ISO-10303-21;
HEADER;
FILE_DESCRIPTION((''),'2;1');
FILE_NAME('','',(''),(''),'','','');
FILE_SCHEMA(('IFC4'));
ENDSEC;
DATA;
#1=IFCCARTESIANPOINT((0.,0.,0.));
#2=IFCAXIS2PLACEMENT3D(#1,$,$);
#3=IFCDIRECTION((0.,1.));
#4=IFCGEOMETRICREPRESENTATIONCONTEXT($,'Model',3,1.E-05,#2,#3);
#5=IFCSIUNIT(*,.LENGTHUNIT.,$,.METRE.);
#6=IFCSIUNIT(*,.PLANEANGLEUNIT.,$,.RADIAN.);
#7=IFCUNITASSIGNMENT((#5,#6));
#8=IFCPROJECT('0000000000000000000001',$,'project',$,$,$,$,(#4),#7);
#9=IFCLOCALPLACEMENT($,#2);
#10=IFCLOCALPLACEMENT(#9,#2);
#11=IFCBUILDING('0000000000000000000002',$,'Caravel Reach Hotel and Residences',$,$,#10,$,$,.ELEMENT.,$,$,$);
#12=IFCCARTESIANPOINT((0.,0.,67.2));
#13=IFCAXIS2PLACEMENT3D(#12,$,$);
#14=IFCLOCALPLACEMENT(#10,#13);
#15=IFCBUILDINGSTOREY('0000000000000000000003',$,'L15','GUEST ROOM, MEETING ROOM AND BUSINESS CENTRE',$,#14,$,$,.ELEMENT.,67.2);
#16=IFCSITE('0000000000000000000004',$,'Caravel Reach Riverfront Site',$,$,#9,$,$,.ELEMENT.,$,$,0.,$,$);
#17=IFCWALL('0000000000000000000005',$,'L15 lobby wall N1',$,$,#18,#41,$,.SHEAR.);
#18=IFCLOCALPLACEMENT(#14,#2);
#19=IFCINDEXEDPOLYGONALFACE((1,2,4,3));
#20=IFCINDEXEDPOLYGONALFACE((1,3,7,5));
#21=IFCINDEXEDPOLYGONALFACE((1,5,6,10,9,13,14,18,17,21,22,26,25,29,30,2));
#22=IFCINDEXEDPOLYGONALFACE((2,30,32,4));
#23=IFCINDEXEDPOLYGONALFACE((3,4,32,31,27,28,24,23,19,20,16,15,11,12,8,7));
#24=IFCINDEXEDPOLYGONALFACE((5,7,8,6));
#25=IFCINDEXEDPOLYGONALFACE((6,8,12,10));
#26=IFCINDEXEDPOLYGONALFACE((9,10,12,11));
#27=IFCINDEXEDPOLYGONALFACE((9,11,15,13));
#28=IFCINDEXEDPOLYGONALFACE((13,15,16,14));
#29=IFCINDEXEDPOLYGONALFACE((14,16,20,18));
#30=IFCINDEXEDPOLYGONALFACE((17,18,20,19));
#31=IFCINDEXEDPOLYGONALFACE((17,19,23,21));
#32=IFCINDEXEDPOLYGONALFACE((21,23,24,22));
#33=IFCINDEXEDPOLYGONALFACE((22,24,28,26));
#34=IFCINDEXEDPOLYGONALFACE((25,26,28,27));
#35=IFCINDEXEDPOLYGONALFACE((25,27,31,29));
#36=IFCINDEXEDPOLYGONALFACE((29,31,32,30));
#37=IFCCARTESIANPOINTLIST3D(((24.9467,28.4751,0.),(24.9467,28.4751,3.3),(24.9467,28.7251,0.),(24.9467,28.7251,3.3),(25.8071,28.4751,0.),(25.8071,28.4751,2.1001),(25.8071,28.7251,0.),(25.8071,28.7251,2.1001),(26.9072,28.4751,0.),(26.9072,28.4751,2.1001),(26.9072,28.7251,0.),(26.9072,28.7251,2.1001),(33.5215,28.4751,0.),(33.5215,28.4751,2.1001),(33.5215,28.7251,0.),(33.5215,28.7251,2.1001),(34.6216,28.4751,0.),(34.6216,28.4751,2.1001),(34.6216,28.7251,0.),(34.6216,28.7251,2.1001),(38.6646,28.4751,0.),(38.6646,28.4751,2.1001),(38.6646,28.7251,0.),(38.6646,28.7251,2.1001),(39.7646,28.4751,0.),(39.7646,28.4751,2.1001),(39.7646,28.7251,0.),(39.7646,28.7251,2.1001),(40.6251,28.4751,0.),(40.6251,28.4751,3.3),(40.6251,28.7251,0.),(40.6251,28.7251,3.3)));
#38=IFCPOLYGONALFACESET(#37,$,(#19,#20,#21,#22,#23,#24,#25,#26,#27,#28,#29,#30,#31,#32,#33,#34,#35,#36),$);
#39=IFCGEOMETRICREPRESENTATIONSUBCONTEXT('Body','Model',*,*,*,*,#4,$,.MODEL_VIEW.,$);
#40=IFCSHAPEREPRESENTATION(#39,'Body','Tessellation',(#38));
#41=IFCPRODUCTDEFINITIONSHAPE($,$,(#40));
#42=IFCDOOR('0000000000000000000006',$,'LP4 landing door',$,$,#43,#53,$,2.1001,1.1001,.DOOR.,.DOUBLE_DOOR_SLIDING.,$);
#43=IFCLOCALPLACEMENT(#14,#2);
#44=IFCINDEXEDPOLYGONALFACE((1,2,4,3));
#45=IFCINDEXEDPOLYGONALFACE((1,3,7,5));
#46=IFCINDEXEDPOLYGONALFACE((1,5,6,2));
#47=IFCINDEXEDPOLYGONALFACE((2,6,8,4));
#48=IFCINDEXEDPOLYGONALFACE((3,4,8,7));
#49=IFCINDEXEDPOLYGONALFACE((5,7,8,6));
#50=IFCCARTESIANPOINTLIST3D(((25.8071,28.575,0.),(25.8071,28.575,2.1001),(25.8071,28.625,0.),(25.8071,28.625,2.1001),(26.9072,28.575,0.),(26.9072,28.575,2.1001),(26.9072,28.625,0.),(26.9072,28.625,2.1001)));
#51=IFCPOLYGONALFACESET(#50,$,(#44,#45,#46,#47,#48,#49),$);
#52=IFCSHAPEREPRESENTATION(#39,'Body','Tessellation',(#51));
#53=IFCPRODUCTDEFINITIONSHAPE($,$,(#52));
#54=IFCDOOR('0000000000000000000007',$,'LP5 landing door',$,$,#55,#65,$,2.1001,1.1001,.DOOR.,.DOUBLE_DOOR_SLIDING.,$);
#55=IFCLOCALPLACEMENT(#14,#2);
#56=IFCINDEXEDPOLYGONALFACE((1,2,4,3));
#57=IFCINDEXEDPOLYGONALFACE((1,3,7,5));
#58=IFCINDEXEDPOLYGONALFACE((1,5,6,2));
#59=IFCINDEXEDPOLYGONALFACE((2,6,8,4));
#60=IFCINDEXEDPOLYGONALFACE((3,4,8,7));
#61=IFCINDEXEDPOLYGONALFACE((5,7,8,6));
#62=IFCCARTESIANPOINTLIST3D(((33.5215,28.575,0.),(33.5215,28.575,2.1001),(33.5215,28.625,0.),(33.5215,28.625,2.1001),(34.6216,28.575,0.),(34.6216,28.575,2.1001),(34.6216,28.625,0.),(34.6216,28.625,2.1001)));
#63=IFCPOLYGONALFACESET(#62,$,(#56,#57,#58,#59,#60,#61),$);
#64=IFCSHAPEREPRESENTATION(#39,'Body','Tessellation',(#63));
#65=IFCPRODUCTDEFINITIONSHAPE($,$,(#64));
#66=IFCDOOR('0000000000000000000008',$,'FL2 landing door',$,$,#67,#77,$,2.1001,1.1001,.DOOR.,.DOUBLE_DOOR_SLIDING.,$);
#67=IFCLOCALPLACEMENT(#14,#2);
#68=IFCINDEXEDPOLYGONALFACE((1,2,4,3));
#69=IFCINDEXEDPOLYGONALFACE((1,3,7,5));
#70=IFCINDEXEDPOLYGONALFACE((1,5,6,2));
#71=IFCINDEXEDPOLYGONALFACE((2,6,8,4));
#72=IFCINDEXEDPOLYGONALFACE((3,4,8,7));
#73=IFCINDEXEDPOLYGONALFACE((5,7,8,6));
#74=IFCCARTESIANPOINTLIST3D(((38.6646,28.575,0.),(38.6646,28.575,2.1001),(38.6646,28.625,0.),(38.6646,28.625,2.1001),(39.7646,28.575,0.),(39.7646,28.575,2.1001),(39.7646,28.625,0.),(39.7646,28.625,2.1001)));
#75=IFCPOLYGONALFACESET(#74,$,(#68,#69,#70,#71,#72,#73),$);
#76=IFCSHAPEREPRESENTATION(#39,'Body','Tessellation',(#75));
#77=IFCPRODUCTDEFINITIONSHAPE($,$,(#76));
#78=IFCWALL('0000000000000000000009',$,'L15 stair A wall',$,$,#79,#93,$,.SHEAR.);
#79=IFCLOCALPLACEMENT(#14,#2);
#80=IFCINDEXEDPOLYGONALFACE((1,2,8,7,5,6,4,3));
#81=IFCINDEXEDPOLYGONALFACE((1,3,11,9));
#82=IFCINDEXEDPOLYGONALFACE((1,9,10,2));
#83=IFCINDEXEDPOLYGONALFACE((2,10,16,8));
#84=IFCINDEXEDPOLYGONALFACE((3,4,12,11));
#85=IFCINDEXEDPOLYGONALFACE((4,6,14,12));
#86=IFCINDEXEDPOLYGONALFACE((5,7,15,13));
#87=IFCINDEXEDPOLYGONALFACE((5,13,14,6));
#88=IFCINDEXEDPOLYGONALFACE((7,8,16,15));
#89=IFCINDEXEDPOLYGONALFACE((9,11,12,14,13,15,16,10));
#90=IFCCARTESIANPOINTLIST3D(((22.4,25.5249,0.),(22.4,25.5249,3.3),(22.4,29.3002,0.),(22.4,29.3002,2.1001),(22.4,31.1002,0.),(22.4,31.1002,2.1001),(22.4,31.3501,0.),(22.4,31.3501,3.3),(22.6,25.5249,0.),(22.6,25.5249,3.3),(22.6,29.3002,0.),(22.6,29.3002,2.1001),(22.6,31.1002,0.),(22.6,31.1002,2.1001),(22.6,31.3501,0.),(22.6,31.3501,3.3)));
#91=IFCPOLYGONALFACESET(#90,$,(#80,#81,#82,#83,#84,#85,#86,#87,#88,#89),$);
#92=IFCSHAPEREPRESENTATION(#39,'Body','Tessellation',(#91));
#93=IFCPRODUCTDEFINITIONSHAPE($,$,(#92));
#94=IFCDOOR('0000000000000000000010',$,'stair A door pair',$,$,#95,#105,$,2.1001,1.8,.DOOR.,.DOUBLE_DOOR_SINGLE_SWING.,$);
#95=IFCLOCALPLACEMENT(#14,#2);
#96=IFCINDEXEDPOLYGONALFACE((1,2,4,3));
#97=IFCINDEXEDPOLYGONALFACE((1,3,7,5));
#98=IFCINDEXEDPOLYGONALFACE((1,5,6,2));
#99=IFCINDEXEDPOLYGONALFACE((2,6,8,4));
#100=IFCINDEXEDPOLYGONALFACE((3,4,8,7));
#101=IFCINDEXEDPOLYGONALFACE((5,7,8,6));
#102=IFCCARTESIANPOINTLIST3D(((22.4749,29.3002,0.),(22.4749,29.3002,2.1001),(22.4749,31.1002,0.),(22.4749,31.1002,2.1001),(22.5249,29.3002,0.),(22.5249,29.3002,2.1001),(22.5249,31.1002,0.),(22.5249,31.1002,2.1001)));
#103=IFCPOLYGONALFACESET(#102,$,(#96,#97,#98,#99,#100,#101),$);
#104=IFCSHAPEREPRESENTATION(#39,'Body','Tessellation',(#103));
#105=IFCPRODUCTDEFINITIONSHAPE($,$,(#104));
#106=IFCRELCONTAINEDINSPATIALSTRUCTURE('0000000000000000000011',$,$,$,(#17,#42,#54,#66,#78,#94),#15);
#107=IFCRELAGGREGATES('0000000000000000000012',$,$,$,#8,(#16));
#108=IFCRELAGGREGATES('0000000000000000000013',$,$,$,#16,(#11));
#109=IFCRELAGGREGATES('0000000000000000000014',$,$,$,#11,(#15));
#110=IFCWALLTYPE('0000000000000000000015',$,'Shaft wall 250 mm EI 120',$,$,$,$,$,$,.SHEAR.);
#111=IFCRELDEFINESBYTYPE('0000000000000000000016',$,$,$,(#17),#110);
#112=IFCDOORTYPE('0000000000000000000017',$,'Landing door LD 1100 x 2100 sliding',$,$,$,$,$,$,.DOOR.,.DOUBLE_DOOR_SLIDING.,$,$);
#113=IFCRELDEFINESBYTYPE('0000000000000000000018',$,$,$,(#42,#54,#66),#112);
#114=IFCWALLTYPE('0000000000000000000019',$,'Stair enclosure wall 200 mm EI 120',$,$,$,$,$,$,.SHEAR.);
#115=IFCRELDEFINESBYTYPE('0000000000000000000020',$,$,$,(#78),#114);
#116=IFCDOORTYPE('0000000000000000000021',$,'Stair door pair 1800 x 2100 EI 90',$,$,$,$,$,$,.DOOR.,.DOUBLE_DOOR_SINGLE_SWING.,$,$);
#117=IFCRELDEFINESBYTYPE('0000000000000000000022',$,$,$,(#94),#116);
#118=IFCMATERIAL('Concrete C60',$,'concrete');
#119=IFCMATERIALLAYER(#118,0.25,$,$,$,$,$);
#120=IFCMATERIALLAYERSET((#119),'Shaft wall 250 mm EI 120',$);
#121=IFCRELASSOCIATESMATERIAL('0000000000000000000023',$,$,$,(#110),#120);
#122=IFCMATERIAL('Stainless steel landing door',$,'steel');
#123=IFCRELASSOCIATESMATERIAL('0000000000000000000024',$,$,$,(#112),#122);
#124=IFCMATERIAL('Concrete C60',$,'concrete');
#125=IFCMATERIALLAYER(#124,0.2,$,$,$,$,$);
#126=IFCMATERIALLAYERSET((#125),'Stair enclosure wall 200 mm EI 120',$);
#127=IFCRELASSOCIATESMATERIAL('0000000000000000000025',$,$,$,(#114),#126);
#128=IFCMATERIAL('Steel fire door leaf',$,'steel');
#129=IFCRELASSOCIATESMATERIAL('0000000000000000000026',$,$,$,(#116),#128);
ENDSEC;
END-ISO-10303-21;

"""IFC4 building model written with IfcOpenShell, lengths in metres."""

from ifc_helpers import new_model, si_unit, direction, frame, frame_2d, origin, place, context, subcontext, project, spatial, rectangle, extrude, material, layer, layer_set, type_object, element, fill, save


model = new_model("IFC4")

# Units and contexts
model_context = context("Model", 3, precision=1e-05, world=origin(), true_north=direction((0.0, 1.0)))
body_context = subcontext(model_context, "Body", "Model", "MODEL_VIEW")
ifc_project = project(units=[si_unit("LENGTHUNIT", "METRE"), si_unit("PLANEANGLEUNIT", "RADIAN")], contexts=[model_context])

# Site, building, storey
site_placement = place(None, origin())
site = spatial("IfcSite", under=ifc_project, at=site_placement, Name="Caravel Reach Riverfront Site", CompositionType="ELEMENT", RefElevation=0.0)
building_placement = place(site_placement, origin())
building = spatial("IfcBuilding", under=site, at=building_placement, Name="Caravel Reach Hotel and Residences", CompositionType="ELEMENT")
storey_placement = place(building_placement, frame((0.0, 0.0, 67.2)))
storey = spatial("IfcBuildingStorey", under=building, at=storey_placement, Name="L15", Description="GUEST ROOM, MEETING ROOM AND BUSINESS CENTRE", CompositionType="ELEMENT", Elevation=67.2)

# Wall, openings, doors
ifc_material_1 = material(Name="Concrete C60", Category="concrete")
ifc_layer_1 = layer(ifc_material_1, 0.25)
ifc_layer_set_1 = layer_set([ifc_layer_1], Name="Shaft wall 250 mm EI 120")
wall_type_1 = type_object("IfcWallType", Name="Shaft wall 250 mm EI 120", PredefinedType="SHEAR", material=ifc_layer_set_1)
wall_1_placement = place(storey_placement, frame((24.9465, 28.6001, 0.0), z_axis=(0.0, 0.0, 1.0), x_axis=(1.0, 0.0, 0.0)))
wall_1 = element("IfcWall", 1, at=wall_1_placement, inside=storey, type_object=wall_type_1, Name="L15 lobby wall N1", PredefinedType="SHEAR", context=body_context, shape_type="SweptSolid", body=[
    extrude(rectangle(XDim=15.6785, YDim=0.25, at=frame_2d((7.8394, 0.0))), origin(), (0.0, 0.0, 1.0), 3.3),
])
opening_1_placement = place(wall_1_placement, frame((0.8606, 0.0, 0.0)))
opening_1 = element("IfcOpeningElement", 2, at=opening_1_placement, cuts=wall_1, PredefinedType="OPENING", context=body_context, shape_type="SweptSolid", body=[
    extrude(rectangle(XDim=1.1001, YDim=2.1001, at=frame_2d((0.55, 1.05))), frame((0.0, 0.135, 0.0), z_axis=(0.0, -1.0, 0.0), x_axis=(1.0, 0.0, 0.0)), (0.0, 0.0, 1.0), 0.27),
])
opening_2_placement = place(wall_1_placement, frame((8.575, 0.0, 0.0)))
opening_2 = element("IfcOpeningElement", 3, at=opening_2_placement, cuts=wall_1, PredefinedType="OPENING", context=body_context, shape_type="SweptSolid", body=[
    extrude(rectangle(XDim=1.1001, YDim=2.1001, at=frame_2d((0.55, 1.05))), frame((0.0, 0.135, 0.0), z_axis=(0.0, -1.0, 0.0), x_axis=(1.0, 0.0, 0.0)), (0.0, 0.0, 1.0), 0.27),
])
opening_3_placement = place(wall_1_placement, frame((13.718, 0.0, 0.0)))
opening_3 = element("IfcOpeningElement", 4, at=opening_3_placement, cuts=wall_1, PredefinedType="OPENING", context=body_context, shape_type="SweptSolid", body=[
    extrude(rectangle(XDim=1.1001, YDim=2.1001, at=frame_2d((0.55, 1.05))), frame((0.0, 0.135, 0.0), z_axis=(0.0, -1.0, 0.0), x_axis=(1.0, 0.0, 0.0)), (0.0, 0.0, 1.0), 0.27),
])
ifc_material_2 = material(Name="Stainless steel landing door", Category="steel")
door_type_1 = type_object("IfcDoorType", Name="Landing door LD 1100 x 2100 sliding", OperationType="DOUBLE_DOOR_SLIDING", PredefinedType="DOOR", material=ifc_material_2)
door_1_placement = place(opening_1_placement, origin())
door_1 = element("IfcDoor", 5, at=door_1_placement, inside=storey, type_object=door_type_1, Name="LP4 landing door", OperationType="DOUBLE_DOOR_SLIDING", OverallHeight=2.1001, OverallWidth=1.1001, PredefinedType="DOOR", context=body_context, shape_type="SweptSolid", body=[
    extrude(rectangle(XDim=1.1001, YDim=2.1001, at=frame_2d((0.55, 1.05))), frame((0.0, 0.0249, 0.0), z_axis=(0.0, -1.0, 0.0), x_axis=(1.0, 0.0, 0.0)), (0.0, 0.0, 1.0), 0.05),
])
fill(opening_1, door_1)
door_2_placement = place(opening_2_placement, origin())
door_2 = element("IfcDoor", 6, at=door_2_placement, inside=storey, type_object=door_type_1, Name="LP5 landing door", OperationType="DOUBLE_DOOR_SLIDING", OverallHeight=2.1001, OverallWidth=1.1001, PredefinedType="DOOR", context=body_context, shape_type="SweptSolid", body=[
    extrude(rectangle(XDim=1.1001, YDim=2.1001, at=frame_2d((0.55, 1.05))), frame((0.0, 0.0249, 0.0), z_axis=(0.0, -1.0, 0.0), x_axis=(1.0, 0.0, 0.0)), (0.0, 0.0, 1.0), 0.05),
])
fill(opening_2, door_2)
door_3_placement = place(opening_3_placement, origin())
door_3 = element("IfcDoor", 7, at=door_3_placement, inside=storey, type_object=door_type_1, Name="FL2 landing door", OperationType="DOUBLE_DOOR_SLIDING", OverallHeight=2.1001, OverallWidth=1.1001, PredefinedType="DOOR", context=body_context, shape_type="SweptSolid", body=[
    extrude(rectangle(XDim=1.1001, YDim=2.1001, at=frame_2d((0.55, 1.05))), frame((0.0, 0.0249, 0.0), z_axis=(0.0, -1.0, 0.0), x_axis=(1.0, 0.0, 0.0)), (0.0, 0.0, 1.0), 0.05),
])
fill(opening_3, door_3)

# Wall, opening, door
ifc_material_3 = material(Name="Concrete C60", Category="concrete")
ifc_layer_2 = layer(ifc_material_3, 0.2)
ifc_layer_set_2 = layer_set([ifc_layer_2], Name="Stair enclosure wall 200 mm EI 120")
wall_type_2 = type_object("IfcWallType", Name="Stair enclosure wall 200 mm EI 120", PredefinedType="SHEAR", material=ifc_layer_set_2)
wall_2_placement = place(storey_placement, frame((22.5, 31.3501, 0.0), z_axis=(0.0, 0.0, 1.0), x_axis=(0.0, -1.0, 0.0)))
wall_2 = element("IfcWall", 8, at=wall_2_placement, inside=storey, type_object=wall_type_2, Name="L15 stair A wall", PredefinedType="SHEAR", context=body_context, shape_type="SweptSolid", body=[
    extrude(rectangle(XDim=5.8252, YDim=0.2, at=frame_2d((2.9126, 0.0))), origin(), (0.0, 0.0, 1.0), 3.3),
])
opening_4_placement = place(wall_2_placement, frame((0.25, 0.0, 0.0)))
opening_4 = element("IfcOpeningElement", 9, at=opening_4_placement, cuts=wall_2, PredefinedType="OPENING", context=body_context, shape_type="SweptSolid", body=[
    extrude(rectangle(XDim=1.8, YDim=2.1001, at=frame_2d((0.8999, 1.05))), frame((0.0, 0.1099, 0.0), z_axis=(0.0, -1.0, 0.0), x_axis=(1.0, 0.0, 0.0)), (0.0, 0.0, 1.0), 0.22),
])
ifc_material_4 = material(Name="Steel fire door leaf", Category="steel")
door_type_2 = type_object("IfcDoorType", Name="Stair door pair 1800 x 2100 EI 90", OperationType="DOUBLE_DOOR_SINGLE_SWING", PredefinedType="DOOR", material=ifc_material_4)
door_4_placement = place(opening_4_placement, origin())
door_4 = element("IfcDoor", 10, at=door_4_placement, inside=storey, type_object=door_type_2, Name="stair A door pair", OperationType="DOUBLE_DOOR_SINGLE_SWING", OverallHeight=2.1001, OverallWidth=1.8, PredefinedType="DOOR", context=body_context, shape_type="SweptSolid", body=[
    extrude(rectangle(XDim=1.8, YDim=2.1001, at=frame_2d((0.8999, 1.05))), frame((0.0, 0.0249, 0.0), z_axis=(0.0, -1.0, 0.0), x_axis=(1.0, 0.0, 0.0)), (0.0, 0.0, 1.0), 0.05),
])
fill(opening_4, door_4)

save(model, "model.ifc")
